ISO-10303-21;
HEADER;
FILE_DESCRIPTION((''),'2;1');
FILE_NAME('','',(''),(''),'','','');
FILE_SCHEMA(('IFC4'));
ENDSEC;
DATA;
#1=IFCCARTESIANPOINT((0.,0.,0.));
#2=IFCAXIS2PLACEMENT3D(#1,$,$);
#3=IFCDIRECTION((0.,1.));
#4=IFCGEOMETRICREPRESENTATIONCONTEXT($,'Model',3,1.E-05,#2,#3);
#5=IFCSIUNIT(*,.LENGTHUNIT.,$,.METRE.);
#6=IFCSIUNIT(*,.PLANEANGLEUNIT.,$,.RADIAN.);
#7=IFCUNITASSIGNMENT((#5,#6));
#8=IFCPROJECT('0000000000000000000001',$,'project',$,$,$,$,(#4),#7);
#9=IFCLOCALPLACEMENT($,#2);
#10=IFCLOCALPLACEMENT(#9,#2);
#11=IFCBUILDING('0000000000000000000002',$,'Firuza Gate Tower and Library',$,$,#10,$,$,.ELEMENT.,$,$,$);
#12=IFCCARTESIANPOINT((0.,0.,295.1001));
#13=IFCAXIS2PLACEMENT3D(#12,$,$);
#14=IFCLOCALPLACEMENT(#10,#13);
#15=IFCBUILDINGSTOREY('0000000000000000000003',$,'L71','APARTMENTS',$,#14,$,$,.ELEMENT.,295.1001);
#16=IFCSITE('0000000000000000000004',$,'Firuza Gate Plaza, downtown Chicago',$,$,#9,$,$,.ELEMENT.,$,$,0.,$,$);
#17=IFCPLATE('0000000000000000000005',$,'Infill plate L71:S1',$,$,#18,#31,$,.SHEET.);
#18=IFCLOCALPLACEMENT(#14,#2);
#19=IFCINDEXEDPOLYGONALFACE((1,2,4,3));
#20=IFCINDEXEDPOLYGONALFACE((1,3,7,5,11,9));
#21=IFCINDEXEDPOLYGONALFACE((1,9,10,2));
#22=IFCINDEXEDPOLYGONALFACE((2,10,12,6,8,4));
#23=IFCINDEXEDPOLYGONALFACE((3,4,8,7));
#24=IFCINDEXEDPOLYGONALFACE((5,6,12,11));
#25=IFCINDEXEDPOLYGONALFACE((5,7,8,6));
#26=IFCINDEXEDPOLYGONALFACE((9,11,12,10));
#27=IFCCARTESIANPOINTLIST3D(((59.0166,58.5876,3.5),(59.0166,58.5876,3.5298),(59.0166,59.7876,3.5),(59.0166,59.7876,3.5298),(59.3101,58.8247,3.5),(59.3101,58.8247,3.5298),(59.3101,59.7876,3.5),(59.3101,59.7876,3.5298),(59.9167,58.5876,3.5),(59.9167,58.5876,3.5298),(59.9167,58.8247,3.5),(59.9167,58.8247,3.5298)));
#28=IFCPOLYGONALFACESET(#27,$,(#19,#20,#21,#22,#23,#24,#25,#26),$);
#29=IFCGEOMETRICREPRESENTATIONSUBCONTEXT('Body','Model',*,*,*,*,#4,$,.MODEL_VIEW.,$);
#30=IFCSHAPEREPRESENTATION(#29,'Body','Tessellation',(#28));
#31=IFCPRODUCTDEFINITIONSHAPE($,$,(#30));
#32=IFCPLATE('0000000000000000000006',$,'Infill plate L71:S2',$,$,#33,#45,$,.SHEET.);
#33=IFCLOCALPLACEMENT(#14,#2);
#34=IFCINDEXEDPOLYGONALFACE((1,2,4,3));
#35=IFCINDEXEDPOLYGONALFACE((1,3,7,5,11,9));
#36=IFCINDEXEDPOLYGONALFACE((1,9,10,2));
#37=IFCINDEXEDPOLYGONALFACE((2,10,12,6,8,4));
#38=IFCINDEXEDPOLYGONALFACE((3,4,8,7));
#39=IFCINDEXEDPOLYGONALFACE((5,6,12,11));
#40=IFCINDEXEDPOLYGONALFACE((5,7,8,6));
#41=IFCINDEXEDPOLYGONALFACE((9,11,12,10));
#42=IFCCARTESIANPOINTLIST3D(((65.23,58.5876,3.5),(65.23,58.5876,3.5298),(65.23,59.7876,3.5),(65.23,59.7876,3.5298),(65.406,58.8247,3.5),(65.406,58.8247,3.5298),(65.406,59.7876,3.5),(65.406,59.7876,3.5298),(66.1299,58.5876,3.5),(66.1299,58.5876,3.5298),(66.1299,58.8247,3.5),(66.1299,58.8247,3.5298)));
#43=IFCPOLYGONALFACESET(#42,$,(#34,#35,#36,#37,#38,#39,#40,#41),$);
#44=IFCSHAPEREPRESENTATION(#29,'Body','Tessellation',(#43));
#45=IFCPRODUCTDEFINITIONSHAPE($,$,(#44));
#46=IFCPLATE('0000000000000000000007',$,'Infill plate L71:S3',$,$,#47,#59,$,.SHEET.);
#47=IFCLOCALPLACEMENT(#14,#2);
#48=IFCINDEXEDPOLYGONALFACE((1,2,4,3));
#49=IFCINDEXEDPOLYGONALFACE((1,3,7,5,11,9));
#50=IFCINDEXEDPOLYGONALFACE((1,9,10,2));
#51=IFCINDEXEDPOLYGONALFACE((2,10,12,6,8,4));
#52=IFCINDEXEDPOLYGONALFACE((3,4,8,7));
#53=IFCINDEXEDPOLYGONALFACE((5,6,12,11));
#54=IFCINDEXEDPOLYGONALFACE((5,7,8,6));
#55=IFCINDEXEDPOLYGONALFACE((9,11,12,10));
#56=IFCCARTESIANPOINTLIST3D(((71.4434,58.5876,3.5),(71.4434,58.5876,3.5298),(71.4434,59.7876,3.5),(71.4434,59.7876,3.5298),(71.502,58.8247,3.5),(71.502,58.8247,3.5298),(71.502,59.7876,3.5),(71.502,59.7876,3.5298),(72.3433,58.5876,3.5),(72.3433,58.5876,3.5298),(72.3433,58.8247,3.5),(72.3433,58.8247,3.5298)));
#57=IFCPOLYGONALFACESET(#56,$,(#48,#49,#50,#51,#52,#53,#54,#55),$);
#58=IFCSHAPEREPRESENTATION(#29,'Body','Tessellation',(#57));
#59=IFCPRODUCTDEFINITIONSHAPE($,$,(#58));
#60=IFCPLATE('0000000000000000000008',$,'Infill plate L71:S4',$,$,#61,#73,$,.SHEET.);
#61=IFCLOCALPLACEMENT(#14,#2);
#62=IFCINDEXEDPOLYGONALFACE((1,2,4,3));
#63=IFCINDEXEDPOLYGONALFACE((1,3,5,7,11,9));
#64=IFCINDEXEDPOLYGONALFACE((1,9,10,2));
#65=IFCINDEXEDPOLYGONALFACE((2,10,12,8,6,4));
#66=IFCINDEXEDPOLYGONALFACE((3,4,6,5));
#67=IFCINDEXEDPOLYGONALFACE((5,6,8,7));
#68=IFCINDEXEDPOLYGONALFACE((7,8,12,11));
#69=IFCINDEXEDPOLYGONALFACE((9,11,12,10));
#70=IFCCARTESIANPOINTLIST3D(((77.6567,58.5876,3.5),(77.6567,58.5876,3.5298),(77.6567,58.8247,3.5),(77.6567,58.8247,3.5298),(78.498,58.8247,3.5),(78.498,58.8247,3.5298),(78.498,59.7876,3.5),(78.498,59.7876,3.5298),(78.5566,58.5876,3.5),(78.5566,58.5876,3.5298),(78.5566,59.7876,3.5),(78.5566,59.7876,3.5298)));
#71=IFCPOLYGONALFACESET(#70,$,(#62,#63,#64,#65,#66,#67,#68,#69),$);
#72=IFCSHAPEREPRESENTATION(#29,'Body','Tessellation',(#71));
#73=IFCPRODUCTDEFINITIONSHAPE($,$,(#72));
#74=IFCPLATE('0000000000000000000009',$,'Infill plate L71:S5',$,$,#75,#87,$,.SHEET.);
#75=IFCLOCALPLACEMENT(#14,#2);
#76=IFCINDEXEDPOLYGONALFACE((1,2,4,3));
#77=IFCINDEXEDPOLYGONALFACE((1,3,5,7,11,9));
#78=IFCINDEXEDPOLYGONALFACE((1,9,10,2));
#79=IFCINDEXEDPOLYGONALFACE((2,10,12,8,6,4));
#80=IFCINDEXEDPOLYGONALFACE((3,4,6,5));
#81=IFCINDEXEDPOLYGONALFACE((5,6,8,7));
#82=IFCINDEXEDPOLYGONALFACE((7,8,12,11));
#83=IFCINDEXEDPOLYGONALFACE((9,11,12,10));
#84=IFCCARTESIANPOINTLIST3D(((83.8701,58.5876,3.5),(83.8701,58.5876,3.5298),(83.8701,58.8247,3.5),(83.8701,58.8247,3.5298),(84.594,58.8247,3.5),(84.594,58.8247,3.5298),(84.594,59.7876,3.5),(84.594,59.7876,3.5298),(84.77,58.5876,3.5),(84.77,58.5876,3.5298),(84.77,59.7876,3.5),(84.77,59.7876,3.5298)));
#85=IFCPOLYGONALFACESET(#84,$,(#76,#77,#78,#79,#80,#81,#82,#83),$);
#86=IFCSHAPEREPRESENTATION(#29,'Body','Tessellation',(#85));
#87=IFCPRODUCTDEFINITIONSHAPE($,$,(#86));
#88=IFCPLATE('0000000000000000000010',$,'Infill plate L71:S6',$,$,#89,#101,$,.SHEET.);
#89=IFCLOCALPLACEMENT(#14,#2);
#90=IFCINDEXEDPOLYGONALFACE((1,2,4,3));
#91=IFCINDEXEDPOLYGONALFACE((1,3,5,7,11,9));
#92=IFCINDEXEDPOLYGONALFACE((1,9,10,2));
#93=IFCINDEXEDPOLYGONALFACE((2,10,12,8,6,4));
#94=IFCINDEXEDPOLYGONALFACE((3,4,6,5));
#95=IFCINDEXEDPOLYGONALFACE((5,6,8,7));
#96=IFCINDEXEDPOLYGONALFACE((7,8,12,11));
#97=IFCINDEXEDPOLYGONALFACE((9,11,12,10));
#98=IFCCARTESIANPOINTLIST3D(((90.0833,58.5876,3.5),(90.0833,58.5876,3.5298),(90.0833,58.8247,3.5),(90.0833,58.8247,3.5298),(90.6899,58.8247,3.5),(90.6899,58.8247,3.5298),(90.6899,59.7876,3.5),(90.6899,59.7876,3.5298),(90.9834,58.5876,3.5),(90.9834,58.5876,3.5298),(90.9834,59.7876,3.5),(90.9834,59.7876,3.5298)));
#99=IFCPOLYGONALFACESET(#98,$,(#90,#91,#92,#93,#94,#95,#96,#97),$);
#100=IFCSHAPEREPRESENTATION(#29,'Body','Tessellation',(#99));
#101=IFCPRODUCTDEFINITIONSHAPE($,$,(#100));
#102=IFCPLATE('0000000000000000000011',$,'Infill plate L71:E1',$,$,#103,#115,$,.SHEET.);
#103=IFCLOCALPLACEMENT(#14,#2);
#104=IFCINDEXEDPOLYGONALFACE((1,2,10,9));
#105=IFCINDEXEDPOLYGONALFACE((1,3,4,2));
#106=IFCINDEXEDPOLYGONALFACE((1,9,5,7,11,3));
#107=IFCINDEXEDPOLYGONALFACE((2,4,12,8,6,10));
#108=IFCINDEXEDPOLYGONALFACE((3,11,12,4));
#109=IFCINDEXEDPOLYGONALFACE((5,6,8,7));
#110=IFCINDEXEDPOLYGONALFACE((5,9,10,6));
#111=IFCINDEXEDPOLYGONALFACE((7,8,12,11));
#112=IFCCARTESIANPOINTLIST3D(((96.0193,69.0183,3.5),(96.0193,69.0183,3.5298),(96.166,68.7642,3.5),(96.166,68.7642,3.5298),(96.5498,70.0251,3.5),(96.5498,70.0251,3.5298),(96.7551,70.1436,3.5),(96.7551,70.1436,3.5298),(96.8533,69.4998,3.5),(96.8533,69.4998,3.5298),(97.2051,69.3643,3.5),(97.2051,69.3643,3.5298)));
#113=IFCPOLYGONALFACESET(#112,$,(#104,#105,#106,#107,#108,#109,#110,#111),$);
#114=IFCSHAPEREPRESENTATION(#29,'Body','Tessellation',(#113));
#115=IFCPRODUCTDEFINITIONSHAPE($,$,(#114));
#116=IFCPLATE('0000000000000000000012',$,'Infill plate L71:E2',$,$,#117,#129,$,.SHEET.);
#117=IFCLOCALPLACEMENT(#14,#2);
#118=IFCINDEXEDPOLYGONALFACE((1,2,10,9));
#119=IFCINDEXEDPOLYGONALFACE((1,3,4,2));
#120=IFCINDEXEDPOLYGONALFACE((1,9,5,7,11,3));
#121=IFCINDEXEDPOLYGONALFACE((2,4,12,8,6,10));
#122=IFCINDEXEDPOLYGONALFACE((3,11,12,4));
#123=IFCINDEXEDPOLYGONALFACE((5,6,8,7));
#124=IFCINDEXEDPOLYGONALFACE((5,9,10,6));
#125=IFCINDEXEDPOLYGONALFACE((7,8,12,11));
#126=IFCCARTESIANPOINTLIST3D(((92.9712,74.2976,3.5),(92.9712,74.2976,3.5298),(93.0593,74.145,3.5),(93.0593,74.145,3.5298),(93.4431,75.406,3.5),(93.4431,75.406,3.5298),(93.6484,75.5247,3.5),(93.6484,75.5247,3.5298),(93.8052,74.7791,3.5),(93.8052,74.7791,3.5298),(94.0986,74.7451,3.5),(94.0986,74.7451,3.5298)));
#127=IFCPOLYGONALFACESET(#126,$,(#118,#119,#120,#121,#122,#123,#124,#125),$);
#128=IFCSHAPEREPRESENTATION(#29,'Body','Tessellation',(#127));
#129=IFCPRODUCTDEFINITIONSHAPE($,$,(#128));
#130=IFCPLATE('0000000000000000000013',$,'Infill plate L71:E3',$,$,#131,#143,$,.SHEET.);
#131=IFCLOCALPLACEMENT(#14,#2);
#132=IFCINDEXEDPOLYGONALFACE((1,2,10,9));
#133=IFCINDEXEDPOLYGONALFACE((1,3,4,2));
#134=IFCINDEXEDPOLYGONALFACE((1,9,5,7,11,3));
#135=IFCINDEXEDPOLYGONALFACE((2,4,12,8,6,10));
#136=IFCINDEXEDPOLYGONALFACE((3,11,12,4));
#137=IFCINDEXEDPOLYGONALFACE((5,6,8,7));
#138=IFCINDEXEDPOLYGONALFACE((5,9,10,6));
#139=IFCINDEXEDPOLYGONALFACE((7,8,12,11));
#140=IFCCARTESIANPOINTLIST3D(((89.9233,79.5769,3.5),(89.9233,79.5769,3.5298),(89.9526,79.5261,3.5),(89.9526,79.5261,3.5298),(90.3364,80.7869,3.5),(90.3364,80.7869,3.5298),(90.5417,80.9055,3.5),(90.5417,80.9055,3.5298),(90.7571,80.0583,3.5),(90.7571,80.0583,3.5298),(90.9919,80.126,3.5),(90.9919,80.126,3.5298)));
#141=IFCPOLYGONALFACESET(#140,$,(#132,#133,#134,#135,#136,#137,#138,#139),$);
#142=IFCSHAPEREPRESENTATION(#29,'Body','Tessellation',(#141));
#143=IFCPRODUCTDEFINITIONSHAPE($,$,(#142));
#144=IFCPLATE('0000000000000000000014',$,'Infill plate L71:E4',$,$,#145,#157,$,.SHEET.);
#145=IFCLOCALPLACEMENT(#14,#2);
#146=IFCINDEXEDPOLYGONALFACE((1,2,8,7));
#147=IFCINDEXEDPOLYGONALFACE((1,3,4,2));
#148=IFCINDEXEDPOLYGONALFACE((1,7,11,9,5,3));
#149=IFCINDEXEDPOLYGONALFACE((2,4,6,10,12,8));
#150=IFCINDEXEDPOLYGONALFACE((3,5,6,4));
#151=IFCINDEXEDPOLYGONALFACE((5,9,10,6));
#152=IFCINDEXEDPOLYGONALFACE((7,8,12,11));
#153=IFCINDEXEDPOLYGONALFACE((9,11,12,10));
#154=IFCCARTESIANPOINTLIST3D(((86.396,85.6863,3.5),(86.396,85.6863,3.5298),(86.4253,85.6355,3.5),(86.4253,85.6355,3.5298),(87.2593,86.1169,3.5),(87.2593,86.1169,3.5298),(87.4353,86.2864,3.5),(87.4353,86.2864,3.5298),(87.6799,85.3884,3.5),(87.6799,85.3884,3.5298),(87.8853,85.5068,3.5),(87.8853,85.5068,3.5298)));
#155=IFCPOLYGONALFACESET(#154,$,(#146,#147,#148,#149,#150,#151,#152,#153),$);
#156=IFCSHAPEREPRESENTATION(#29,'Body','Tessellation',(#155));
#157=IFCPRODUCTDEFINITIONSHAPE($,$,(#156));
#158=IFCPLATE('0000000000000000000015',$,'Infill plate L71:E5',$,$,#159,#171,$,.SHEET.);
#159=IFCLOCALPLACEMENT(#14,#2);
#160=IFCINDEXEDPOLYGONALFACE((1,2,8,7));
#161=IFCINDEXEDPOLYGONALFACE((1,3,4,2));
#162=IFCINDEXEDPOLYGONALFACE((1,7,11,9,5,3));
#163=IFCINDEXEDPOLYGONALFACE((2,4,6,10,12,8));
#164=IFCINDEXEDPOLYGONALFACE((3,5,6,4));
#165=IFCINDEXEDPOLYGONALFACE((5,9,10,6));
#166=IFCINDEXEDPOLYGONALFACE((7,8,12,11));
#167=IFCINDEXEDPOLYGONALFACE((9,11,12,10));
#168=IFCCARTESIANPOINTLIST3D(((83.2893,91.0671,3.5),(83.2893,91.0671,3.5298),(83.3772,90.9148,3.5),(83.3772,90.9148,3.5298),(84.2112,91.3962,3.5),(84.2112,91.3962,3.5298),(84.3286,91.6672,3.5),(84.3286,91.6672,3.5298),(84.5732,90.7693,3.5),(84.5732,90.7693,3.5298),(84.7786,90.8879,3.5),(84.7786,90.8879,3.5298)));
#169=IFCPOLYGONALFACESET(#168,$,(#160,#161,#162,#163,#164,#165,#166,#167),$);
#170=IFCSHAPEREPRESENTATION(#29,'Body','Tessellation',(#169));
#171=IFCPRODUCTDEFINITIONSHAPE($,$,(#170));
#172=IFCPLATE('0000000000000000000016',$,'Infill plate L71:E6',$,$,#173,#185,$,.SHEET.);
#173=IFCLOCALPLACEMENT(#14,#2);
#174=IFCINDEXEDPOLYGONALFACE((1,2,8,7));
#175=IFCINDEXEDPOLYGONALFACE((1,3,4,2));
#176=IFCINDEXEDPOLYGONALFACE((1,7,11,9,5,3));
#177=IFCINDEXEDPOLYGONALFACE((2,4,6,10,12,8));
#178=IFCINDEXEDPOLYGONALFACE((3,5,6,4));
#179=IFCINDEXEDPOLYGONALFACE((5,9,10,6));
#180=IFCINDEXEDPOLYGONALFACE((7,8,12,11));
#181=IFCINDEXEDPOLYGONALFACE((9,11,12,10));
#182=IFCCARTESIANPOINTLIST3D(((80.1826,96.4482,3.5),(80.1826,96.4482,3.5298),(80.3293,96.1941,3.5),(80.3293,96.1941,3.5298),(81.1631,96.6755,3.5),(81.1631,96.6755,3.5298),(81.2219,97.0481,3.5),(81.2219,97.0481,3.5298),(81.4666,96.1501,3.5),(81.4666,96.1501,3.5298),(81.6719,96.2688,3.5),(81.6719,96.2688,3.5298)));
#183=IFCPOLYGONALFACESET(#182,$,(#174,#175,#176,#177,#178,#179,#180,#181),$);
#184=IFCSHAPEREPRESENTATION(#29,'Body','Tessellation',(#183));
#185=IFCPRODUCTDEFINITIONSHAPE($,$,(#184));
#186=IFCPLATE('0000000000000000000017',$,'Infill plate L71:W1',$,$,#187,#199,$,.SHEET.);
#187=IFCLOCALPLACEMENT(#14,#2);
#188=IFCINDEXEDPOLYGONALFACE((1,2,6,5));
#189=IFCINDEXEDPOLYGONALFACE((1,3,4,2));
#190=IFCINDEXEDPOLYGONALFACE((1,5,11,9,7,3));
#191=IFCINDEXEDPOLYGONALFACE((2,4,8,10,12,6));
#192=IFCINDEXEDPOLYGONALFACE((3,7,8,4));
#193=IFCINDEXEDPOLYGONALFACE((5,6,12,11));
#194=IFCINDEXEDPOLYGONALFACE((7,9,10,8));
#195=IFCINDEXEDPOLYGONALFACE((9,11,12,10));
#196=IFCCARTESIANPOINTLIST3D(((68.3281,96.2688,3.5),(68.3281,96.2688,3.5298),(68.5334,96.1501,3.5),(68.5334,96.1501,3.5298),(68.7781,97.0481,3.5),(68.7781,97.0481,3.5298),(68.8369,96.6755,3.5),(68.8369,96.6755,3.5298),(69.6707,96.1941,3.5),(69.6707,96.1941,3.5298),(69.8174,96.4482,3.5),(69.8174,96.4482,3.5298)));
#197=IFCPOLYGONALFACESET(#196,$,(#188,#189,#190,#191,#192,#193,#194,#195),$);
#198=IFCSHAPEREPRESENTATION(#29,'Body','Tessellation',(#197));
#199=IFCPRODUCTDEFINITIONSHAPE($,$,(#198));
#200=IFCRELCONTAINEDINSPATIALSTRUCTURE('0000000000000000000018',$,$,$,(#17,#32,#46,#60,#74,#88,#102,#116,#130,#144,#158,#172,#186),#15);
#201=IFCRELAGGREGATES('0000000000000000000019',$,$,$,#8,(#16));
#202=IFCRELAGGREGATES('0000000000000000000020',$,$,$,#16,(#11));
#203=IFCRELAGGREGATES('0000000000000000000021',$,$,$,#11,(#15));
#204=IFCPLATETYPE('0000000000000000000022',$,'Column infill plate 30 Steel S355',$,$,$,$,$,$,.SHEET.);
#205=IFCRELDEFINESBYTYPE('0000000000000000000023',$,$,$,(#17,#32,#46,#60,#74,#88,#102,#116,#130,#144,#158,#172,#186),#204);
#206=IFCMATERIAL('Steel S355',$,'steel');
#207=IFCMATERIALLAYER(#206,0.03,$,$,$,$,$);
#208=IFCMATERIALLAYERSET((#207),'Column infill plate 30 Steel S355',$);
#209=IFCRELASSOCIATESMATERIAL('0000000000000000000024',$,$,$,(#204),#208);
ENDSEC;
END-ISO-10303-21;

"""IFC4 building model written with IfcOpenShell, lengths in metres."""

from ifc_helpers import new_model, si_unit, direction, frame, origin, place, context, subcontext, project, spatial, polyline, outline, extrude, material, layer, layer_set, type_object, element, save


model = new_model("IFC4")

# Units and contexts
model_context = context("Model", 3, precision=1e-05, world=origin(), true_north=direction((0.0, 1.0)))
body_context = subcontext(model_context, "Body", "Model", "MODEL_VIEW")
ifc_project = project(units=[si_unit("LENGTHUNIT", "METRE"), si_unit("PLANEANGLEUNIT", "RADIAN")], contexts=[model_context])

# Site, building, storey
site_placement = place(None, origin())
site = spatial("IfcSite", under=ifc_project, at=site_placement, Name="Firuza Gate Plaza, downtown Chicago", CompositionType="ELEMENT", RefElevation=0.0)
building_placement = place(site_placement, origin())
building = spatial("IfcBuilding", under=site, at=building_placement, Name="Firuza Gate Tower and Library", CompositionType="ELEMENT")
storey_placement = place(building_placement, frame((0.0, 0.0, 295.1001)))
storey = spatial("IfcBuildingStorey", under=building, at=storey_placement, Name="L71", Description="APARTMENTS", CompositionType="ELEMENT", Elevation=295.1001)

# Plates
ifc_material_1 = material(Name="Steel S355", Category="steel")
ifc_layer_1 = layer(ifc_material_1, 0.03)
ifc_layer_set_1 = layer_set([ifc_layer_1], Name="Column infill plate 30 Steel S355")
plate_type = type_object("IfcPlateType", Name="Column infill plate 30 Steel S355", PredefinedType="SHEET", material=ifc_layer_set_1)
placement_1 = place(storey_placement, frame((0.0, 0.0, 3.5)))
element("IfcPlate", 1, at=placement_1, inside=storey, type_object=plate_type, Name="Infill plate L71:S1", PredefinedType="SHEET", context=body_context, shape_type="SweptSolid", body=[
    extrude(outline(polyline([(59.9167, 58.5876), (59.9167, 58.8247), (59.3101, 58.8247), (59.3101, 59.7876), (59.0166, 59.7876), (59.0166, 58.5876), (59.9167, 58.5876)])), origin(), (0.0, 0.0, 1.0), 0.0298),
])
element("IfcPlate", 2, at=placement_1, inside=storey, type_object=plate_type, Name="Infill plate L71:S2", PredefinedType="SHEET", context=body_context, shape_type="SweptSolid", body=[
    extrude(outline(polyline([(66.1299, 58.5876), (66.1299, 58.8247), (65.406, 58.8247), (65.406, 59.7876), (65.23, 59.7876), (65.23, 58.5876), (66.1299, 58.5876)])), origin(), (0.0, 0.0, 1.0), 0.0298),
])
element("IfcPlate", 3, at=placement_1, inside=storey, type_object=plate_type, Name="Infill plate L71:S3", PredefinedType="SHEET", context=body_context, shape_type="SweptSolid", body=[
    extrude(outline(polyline([(72.3433, 58.5876), (72.3433, 58.8247), (71.502, 58.8247), (71.502, 59.7876), (71.4434, 59.7876), (71.4434, 58.5876), (72.3433, 58.5876)])), origin(), (0.0, 0.0, 1.0), 0.0298),
])
element("IfcPlate", 4, at=placement_1, inside=storey, type_object=plate_type, Name="Infill plate L71:S4", PredefinedType="SHEET", context=body_context, shape_type="SweptSolid", body=[
    extrude(outline(polyline([(78.5566, 59.7876), (78.498, 59.7876), (78.498, 58.8247), (77.6567, 58.8247), (77.6567, 58.5876), (78.5566, 58.5876), (78.5566, 59.7876)])), origin(), (0.0, 0.0, 1.0), 0.0298),
])
element("IfcPlate", 5, at=placement_1, inside=storey, type_object=plate_type, Name="Infill plate L71:S5", PredefinedType="SHEET", context=body_context, shape_type="SweptSolid", body=[
    extrude(outline(polyline([(84.77, 59.7876), (84.594, 59.7876), (84.594, 58.8247), (83.8701, 58.8247), (83.8701, 58.5876), (84.77, 58.5876), (84.77, 59.7876)])), origin(), (0.0, 0.0, 1.0), 0.0298),
])
element("IfcPlate", 6, at=placement_1, inside=storey, type_object=plate_type, Name="Infill plate L71:S6", PredefinedType="SHEET", context=body_context, shape_type="SweptSolid", body=[
    extrude(outline(polyline([(90.9834, 59.7876), (90.6899, 59.7876), (90.6899, 58.8247), (90.0833, 58.8247), (90.0833, 58.5876), (90.9834, 58.5876), (90.9834, 59.7876)])), origin(), (0.0, 0.0, 1.0), 0.0298),
])
element("IfcPlate", 7, at=placement_1, inside=storey, type_object=plate_type, Name="Infill plate L71:E1", PredefinedType="SHEET", context=body_context, shape_type="SweptSolid", body=[
    extrude(outline(polyline([(96.7551, 70.1436), (96.5498, 70.0251), (96.8533, 69.4998), (96.0193, 69.0183), (96.166, 68.7642), (97.2051, 69.3643), (96.7551, 70.1436)])), origin(), (0.0, 0.0, 1.0), 0.0298),
])
element("IfcPlate", 8, at=placement_1, inside=storey, type_object=plate_type, Name="Infill plate L71:E2", PredefinedType="SHEET", context=body_context, shape_type="SweptSolid", body=[
    extrude(outline(polyline([(93.6484, 75.5247), (93.4431, 75.406), (93.8052, 74.7791), (92.9712, 74.2976), (93.0593, 74.145), (94.0986, 74.7451), (93.6484, 75.5247)])), origin(), (0.0, 0.0, 1.0), 0.0298),
])
element("IfcPlate", 9, at=placement_1, inside=storey, type_object=plate_type, Name="Infill plate L71:E3", PredefinedType="SHEET", context=body_context, shape_type="SweptSolid", body=[
    extrude(outline(polyline([(90.5417, 80.9055), (90.3364, 80.7869), (90.7571, 80.0583), (89.9233, 79.5769), (89.9526, 79.5261), (90.9919, 80.126), (90.5417, 80.9055)])), origin(), (0.0, 0.0, 1.0), 0.0298),
])
element("IfcPlate", 10, at=placement_1, inside=storey, type_object=plate_type, Name="Infill plate L71:E4", PredefinedType="SHEET", context=body_context, shape_type="SweptSolid", body=[
    extrude(outline(polyline([(86.396, 85.6863), (86.4253, 85.6355), (87.2593, 86.1169), (87.6799, 85.3884), (87.8853, 85.5068), (87.4353, 86.2864), (86.396, 85.6863)])), origin(), (0.0, 0.0, 1.0), 0.0298),
])
element("IfcPlate", 11, at=placement_1, inside=storey, type_object=plate_type, Name="Infill plate L71:E5", PredefinedType="SHEET", context=body_context, shape_type="SweptSolid", body=[
    extrude(outline(polyline([(83.2893, 91.0671), (83.3772, 90.9148), (84.2112, 91.3962), (84.5732, 90.7693), (84.7786, 90.8879), (84.3286, 91.6672), (83.2893, 91.0671)])), origin(), (0.0, 0.0, 1.0), 0.0298),
])
element("IfcPlate", 12, at=placement_1, inside=storey, type_object=plate_type, Name="Infill plate L71:E6", PredefinedType="SHEET", context=body_context, shape_type="SweptSolid", body=[
    extrude(outline(polyline([(80.1826, 96.4482), (80.3293, 96.1941), (81.1631, 96.6755), (81.4666, 96.1501), (81.6719, 96.2688), (81.2219, 97.0481), (80.1826, 96.4482)])), origin(), (0.0, 0.0, 1.0), 0.0298),
])
element("IfcPlate", 13, at=placement_1, inside=storey, type_object=plate_type, Name="Infill plate L71:W1", PredefinedType="SHEET", context=body_context, shape_type="SweptSolid", body=[
    extrude(outline(polyline([(68.3281, 96.2688), (68.5334, 96.1501), (68.8369, 96.6755), (69.6707, 96.1941), (69.8174, 96.4482), (68.7781, 97.0481), (68.3281, 96.2688)])), origin(), (0.0, 0.0, 1.0), 0.0298),
])

save(model, "model.ifc")
